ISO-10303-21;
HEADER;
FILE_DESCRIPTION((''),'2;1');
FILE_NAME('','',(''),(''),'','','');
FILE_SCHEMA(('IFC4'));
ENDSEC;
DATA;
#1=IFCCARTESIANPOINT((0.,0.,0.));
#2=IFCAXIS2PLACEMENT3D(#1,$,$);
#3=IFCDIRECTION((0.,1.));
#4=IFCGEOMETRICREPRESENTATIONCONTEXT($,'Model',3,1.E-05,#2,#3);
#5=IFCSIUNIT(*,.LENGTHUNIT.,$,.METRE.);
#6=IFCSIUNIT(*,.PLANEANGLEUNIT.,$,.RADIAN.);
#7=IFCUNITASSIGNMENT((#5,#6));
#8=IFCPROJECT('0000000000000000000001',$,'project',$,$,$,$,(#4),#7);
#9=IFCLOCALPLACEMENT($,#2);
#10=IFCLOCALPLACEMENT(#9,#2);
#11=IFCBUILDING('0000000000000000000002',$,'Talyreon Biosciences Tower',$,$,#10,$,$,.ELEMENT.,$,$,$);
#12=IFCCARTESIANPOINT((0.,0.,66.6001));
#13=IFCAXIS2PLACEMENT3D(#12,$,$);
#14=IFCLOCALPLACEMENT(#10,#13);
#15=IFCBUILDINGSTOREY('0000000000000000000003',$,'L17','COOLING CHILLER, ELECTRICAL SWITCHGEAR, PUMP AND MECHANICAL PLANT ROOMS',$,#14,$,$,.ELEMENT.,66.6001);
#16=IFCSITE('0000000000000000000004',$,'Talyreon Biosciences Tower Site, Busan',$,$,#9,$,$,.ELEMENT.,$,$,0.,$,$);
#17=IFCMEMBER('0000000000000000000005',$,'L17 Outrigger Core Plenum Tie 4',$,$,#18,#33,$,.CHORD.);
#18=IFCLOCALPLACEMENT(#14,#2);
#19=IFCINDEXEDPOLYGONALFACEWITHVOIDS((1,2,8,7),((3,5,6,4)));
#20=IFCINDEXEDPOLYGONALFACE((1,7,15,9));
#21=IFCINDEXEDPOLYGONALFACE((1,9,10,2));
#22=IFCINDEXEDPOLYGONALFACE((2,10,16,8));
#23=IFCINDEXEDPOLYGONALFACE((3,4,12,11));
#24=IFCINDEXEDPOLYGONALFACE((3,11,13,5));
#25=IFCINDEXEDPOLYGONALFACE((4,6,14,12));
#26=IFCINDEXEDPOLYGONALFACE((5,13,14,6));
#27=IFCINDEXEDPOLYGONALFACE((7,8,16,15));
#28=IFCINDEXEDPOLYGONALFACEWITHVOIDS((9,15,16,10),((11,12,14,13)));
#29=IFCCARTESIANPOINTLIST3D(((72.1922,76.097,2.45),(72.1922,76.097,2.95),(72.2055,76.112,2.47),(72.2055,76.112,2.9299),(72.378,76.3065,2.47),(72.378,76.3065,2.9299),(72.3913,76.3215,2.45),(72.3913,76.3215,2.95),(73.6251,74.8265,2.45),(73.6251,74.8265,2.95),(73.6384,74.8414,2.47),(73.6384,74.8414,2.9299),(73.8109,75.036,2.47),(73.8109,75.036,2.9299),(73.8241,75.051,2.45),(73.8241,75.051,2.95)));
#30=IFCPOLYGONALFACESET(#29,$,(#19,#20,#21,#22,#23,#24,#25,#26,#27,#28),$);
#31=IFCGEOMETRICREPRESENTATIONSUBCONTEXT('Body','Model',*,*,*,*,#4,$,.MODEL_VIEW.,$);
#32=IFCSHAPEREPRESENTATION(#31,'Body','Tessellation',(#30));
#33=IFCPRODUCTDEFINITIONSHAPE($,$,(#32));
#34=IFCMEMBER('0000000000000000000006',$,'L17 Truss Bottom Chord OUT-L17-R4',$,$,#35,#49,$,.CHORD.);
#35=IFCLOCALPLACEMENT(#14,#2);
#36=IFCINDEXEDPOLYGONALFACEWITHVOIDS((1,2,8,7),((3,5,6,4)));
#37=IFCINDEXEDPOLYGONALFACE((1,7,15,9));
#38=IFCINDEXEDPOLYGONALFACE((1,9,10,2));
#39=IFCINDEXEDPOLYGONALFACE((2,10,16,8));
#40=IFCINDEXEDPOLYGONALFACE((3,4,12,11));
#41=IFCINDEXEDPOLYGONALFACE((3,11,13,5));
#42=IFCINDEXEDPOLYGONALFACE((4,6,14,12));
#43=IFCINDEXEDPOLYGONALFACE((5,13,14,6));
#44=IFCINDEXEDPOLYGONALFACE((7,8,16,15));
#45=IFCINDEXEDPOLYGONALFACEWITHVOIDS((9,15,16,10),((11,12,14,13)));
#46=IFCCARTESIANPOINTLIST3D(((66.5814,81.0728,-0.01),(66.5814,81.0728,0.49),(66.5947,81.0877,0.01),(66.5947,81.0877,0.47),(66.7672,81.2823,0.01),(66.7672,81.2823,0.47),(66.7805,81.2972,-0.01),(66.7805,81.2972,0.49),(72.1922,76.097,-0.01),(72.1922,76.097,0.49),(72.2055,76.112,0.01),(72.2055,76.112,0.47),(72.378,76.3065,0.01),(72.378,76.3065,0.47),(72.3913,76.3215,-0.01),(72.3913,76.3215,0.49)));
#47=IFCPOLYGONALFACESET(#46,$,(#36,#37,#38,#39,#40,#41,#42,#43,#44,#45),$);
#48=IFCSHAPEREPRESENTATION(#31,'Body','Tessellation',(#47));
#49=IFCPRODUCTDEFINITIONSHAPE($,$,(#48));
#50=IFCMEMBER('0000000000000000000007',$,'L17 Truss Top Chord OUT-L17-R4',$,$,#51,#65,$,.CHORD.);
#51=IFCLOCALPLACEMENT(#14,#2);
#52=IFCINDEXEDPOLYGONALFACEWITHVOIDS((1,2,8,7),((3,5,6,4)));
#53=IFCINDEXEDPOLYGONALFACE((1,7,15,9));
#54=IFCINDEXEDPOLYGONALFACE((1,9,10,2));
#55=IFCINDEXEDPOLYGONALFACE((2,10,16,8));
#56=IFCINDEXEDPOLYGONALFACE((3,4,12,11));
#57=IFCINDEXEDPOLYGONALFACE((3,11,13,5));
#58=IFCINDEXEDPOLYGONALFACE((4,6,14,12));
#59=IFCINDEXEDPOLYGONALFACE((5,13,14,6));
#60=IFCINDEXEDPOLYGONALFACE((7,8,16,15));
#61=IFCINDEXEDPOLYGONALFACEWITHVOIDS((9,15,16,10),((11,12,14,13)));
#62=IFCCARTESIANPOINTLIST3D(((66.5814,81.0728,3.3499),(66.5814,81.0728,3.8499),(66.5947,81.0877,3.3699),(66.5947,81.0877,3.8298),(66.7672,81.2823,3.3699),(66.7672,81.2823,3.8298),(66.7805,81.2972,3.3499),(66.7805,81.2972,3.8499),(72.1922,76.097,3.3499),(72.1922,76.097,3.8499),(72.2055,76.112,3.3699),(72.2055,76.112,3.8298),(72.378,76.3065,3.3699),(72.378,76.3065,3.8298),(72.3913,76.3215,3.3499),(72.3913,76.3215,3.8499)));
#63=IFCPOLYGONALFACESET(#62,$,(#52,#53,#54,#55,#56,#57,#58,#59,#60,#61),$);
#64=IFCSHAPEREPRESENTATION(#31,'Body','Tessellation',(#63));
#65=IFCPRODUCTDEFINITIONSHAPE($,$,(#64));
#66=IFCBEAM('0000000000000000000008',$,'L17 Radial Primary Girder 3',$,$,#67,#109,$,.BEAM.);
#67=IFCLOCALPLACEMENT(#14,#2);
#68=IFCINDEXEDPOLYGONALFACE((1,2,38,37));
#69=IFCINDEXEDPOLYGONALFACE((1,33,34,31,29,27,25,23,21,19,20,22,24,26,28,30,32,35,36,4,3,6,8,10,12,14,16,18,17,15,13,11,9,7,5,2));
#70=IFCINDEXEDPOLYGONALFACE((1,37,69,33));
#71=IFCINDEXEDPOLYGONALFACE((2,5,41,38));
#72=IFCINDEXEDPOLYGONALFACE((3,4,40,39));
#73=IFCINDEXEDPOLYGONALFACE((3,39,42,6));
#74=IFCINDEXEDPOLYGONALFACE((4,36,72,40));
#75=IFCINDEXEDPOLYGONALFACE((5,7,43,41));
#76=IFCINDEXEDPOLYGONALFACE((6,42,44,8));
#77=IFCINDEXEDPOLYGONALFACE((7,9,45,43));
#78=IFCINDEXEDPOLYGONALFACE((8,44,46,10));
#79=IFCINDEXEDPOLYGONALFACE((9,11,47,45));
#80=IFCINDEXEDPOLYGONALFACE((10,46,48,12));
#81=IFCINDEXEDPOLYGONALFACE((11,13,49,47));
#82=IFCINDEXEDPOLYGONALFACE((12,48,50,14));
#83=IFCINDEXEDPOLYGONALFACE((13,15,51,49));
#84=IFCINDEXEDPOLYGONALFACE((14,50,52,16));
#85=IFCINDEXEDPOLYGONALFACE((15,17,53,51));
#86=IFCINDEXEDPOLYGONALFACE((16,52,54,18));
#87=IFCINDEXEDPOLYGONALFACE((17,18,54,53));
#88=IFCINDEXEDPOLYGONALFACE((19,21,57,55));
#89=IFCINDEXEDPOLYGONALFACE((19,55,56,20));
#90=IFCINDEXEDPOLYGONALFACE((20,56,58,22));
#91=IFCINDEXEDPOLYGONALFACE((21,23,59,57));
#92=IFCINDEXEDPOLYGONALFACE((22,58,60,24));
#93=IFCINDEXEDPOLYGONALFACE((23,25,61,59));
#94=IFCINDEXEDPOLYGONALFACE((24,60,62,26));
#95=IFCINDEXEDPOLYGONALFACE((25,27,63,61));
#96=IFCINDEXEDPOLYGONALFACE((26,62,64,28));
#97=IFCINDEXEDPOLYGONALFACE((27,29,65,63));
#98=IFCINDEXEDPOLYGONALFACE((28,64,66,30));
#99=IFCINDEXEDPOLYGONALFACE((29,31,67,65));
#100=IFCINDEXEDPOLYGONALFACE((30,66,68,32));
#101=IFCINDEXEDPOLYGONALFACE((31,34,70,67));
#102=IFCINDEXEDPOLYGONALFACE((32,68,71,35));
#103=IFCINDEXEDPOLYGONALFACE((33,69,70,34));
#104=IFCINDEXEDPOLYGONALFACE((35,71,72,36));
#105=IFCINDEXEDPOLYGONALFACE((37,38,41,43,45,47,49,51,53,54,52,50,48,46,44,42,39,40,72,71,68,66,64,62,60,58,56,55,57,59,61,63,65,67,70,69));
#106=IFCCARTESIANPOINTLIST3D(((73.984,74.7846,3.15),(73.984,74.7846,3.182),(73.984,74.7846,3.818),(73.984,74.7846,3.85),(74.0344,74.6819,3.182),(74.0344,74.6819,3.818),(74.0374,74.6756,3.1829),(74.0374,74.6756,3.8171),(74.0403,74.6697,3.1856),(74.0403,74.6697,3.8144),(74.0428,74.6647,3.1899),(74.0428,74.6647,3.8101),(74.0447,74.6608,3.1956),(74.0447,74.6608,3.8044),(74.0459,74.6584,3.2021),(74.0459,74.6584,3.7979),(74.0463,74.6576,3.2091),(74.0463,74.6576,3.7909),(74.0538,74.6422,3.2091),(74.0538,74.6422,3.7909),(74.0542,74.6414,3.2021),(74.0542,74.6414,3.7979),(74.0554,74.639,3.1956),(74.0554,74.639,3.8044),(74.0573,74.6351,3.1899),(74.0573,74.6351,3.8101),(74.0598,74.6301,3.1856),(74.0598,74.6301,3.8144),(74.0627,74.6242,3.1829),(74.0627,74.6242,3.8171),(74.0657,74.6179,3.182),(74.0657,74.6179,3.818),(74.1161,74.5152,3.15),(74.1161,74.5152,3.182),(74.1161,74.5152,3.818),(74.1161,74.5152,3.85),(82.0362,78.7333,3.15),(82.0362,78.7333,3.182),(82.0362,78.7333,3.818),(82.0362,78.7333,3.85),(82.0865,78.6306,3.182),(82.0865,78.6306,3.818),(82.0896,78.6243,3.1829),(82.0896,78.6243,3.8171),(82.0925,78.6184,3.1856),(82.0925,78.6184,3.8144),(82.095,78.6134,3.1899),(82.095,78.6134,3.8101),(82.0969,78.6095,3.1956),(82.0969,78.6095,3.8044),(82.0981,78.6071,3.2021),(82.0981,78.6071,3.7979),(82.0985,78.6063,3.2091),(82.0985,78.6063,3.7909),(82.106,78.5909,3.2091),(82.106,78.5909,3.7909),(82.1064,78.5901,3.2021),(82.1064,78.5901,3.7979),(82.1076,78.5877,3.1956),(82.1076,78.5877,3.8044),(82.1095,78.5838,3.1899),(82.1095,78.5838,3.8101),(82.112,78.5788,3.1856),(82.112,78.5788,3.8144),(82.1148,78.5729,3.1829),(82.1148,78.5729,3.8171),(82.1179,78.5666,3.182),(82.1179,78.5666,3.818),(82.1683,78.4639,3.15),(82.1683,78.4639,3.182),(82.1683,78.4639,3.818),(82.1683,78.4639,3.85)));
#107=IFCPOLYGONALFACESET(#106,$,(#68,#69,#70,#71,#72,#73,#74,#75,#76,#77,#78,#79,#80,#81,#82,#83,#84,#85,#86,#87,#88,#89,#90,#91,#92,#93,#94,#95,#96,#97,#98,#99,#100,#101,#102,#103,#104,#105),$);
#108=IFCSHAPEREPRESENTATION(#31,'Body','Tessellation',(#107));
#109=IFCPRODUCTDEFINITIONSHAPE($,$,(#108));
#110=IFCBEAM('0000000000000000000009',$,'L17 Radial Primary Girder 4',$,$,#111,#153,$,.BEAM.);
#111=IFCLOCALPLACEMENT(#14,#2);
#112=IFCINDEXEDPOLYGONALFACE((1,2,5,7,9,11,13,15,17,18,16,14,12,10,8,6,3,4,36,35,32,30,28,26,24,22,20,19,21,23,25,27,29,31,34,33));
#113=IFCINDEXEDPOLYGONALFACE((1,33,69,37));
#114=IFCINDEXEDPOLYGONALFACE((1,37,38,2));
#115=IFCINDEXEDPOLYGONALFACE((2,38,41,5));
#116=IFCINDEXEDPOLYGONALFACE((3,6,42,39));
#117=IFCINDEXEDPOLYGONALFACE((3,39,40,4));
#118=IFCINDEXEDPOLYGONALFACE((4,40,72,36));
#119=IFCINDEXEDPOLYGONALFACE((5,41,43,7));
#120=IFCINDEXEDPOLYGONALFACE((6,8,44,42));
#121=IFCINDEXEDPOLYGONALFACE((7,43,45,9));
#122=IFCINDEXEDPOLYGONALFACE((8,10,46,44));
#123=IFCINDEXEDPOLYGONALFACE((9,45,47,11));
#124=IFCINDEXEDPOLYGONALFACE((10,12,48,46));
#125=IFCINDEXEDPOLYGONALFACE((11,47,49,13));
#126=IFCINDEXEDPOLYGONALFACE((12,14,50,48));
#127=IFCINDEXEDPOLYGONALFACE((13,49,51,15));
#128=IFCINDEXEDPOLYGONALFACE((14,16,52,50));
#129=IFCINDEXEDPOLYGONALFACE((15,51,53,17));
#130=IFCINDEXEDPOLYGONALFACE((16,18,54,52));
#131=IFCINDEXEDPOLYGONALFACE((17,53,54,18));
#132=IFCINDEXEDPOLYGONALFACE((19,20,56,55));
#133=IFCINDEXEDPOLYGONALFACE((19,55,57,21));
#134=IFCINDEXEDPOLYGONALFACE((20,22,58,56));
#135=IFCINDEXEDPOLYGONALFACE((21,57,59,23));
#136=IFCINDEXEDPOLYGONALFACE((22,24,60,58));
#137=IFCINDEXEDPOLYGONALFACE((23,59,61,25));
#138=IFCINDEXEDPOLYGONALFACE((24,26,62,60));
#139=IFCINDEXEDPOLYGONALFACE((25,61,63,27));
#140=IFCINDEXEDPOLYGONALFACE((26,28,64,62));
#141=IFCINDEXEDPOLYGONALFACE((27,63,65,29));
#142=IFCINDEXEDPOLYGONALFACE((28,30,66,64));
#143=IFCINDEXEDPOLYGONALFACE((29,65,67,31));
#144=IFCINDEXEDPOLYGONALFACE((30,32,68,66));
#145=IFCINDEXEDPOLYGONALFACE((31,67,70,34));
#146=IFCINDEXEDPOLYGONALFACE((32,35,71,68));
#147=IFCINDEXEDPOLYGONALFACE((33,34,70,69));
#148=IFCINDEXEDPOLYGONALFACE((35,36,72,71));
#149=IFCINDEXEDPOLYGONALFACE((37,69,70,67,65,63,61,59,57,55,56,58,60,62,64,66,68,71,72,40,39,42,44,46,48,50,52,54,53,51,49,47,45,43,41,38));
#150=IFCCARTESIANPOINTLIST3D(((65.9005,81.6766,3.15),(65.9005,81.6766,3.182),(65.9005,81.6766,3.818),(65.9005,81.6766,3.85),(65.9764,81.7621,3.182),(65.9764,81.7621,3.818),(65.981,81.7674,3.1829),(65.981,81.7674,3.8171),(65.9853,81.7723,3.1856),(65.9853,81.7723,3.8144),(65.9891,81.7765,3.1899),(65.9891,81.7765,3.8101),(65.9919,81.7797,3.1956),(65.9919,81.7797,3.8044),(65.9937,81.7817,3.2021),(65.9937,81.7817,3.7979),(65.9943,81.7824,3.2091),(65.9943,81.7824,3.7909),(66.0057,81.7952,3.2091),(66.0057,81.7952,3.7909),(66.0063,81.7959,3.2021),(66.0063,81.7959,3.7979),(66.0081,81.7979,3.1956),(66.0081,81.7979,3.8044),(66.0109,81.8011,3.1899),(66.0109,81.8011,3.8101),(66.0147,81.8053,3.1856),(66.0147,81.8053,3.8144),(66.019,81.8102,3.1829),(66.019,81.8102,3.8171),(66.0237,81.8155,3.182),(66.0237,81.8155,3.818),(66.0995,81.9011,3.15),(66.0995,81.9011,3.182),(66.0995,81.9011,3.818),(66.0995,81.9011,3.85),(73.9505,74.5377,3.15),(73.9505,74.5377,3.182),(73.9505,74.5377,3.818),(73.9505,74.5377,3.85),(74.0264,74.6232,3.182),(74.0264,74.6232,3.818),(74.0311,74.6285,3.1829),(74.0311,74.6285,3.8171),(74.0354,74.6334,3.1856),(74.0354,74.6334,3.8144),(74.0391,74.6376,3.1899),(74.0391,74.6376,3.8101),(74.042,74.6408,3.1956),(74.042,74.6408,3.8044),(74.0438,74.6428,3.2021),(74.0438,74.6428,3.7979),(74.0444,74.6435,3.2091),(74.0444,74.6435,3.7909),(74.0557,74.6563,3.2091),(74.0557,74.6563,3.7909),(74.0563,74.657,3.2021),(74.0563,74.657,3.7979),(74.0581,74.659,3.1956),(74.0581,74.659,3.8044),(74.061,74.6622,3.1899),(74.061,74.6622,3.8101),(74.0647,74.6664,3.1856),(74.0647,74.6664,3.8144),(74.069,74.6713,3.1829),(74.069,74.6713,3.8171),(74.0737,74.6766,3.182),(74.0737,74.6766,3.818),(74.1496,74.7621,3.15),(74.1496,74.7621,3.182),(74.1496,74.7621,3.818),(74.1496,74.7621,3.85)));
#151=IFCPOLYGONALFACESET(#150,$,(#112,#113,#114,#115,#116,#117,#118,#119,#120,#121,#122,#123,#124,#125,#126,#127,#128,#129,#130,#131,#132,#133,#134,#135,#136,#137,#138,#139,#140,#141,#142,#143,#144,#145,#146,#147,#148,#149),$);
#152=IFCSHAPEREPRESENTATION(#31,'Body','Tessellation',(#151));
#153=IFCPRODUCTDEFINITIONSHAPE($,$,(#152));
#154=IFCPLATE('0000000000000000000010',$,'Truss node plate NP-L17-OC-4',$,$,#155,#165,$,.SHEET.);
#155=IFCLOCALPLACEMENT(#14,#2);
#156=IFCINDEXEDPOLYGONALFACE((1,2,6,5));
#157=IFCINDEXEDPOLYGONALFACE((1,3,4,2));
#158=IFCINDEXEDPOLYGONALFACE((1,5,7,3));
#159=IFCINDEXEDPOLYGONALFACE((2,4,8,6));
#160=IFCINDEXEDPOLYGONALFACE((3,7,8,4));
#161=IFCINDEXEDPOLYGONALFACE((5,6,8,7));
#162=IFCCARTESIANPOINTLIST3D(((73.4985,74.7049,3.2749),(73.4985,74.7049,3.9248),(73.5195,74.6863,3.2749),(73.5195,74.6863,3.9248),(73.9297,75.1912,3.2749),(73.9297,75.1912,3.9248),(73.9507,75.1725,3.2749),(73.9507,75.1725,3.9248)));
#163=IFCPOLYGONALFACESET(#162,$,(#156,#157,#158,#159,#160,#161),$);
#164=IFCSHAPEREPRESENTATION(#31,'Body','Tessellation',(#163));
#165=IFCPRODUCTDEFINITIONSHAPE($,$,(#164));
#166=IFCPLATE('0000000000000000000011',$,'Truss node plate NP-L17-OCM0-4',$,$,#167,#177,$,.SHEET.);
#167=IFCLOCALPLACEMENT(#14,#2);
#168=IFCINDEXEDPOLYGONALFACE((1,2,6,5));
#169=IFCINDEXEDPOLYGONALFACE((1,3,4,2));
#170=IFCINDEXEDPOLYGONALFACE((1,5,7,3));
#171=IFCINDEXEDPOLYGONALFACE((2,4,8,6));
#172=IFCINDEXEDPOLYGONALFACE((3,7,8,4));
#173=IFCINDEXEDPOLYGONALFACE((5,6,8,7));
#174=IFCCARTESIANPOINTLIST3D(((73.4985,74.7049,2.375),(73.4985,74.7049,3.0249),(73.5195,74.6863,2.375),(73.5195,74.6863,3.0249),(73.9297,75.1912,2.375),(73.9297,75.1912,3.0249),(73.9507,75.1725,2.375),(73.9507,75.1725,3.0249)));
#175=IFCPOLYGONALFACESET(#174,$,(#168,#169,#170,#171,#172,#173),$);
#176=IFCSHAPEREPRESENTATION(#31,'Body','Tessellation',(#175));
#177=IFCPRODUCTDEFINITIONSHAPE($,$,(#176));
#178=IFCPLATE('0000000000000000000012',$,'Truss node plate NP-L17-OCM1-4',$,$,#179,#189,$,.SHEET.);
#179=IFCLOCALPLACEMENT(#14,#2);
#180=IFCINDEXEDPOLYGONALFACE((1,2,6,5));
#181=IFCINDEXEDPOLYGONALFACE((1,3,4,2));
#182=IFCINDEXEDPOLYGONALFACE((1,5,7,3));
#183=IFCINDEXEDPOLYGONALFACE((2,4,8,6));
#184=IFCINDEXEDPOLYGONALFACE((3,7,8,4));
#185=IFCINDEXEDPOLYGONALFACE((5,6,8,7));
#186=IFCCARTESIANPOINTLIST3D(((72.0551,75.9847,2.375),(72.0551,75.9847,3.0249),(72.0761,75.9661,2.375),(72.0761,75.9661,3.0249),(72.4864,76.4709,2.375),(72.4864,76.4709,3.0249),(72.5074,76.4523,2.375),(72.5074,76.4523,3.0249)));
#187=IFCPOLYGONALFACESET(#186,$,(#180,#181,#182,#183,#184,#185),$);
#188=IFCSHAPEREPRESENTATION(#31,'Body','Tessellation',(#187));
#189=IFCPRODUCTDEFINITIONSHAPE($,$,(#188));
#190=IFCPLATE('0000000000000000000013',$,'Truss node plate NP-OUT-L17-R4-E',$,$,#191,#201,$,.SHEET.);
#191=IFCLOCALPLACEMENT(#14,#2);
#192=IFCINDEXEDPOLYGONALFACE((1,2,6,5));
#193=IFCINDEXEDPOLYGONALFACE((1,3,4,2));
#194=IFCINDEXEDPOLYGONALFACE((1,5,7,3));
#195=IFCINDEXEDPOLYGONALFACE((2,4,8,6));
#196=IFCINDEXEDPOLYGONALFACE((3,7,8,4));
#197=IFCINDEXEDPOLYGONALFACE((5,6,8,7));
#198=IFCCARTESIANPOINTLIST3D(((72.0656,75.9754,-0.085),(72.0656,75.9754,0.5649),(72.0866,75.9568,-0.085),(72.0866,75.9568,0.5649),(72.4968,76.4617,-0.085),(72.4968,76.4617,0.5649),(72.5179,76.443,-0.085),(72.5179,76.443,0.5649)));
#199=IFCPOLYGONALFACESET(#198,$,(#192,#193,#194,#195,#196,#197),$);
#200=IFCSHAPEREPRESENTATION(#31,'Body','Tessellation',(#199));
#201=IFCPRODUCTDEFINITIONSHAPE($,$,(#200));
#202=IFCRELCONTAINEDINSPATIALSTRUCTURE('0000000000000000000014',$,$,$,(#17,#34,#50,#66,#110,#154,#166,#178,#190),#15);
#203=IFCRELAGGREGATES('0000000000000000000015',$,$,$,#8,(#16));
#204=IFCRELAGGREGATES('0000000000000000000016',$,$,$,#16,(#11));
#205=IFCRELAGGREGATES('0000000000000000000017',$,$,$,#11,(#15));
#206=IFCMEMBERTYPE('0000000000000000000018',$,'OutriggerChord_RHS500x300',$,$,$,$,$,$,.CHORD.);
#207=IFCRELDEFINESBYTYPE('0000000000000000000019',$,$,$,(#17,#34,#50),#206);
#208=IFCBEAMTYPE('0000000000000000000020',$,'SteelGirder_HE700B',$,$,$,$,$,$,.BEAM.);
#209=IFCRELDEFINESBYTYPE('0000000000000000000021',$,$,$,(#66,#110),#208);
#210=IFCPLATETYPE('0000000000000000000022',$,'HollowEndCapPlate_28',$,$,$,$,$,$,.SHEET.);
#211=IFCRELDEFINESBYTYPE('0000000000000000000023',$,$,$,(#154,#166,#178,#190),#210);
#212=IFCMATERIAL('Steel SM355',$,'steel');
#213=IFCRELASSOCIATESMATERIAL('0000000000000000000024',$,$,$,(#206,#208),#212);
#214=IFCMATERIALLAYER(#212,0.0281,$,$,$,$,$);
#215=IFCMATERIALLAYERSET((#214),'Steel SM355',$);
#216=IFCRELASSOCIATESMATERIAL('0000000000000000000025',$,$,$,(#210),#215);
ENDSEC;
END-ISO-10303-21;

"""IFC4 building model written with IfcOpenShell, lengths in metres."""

from ifc_helpers import new_model, si_unit, direction, frame, origin, origin_2d, place, context, subcontext, project, spatial, rectangle, hollow_rectangle, i_section, extrude, material, layer, layer_set, material_profile, profile_set, type_object, element, save


model = new_model("IFC4")

# Units and contexts
model_context = context("Model", 3, precision=1e-05, world=origin(), true_north=direction((0.0, 1.0)))
body_context = subcontext(model_context, "Body", "Model", "MODEL_VIEW")
ifc_project = project(units=[si_unit("LENGTHUNIT", "METRE"), si_unit("PLANEANGLEUNIT", "RADIAN")], contexts=[model_context])

# Site, building, storey
site_placement = place(None, origin())
site = spatial("IfcSite", under=ifc_project, at=site_placement, Name="Talyreon Biosciences Tower Site, Busan", CompositionType="ELEMENT", RefElevation=0.0)
building_placement = place(site_placement, origin())
building = spatial("IfcBuilding", under=site, at=building_placement, Name="Talyreon Biosciences Tower", CompositionType="ELEMENT")
storey_placement = place(building_placement, frame((0.0, 0.0, 66.6001)))
storey = spatial("IfcBuildingStorey", under=building, at=storey_placement, Name="L17", Description="COOLING CHILLER, ELECTRICAL SWITCHGEAR, PUMP AND MECHANICAL PLANT ROOMS", CompositionType="ELEMENT", Elevation=66.6001)

# Members
ifc_material_1 = material(Name="Steel SM355", Category="steel")
ifc_material_profile_1 = material_profile(ifc_material_1, hollow_rectangle(XDim=0.3, YDim=0.5, WallThickness=0.02, at=origin_2d()), Name="RHS 500x300x20")
ifc_profile_set_1 = profile_set([ifc_material_profile_1], Name="Steel SM355")
member_type_1 = type_object("IfcMemberType", Name="OutriggerChord_RHS500x300", PredefinedType="CHORD", material=ifc_profile_set_1)
for number, where, z_axis, x_axis, name in (
    (1, (73.7246, 74.9387, 2.7), (-0.748225, 0.663445, 0.0), (-0.663445, -0.748225, 0.0), "L17 Outrigger Core Plenum Tie 4"),
):
    element("IfcMember", number, at=place(storey_placement, frame(where, z_axis=z_axis, x_axis=x_axis)), inside=storey, type_object=member_type_1, Name=name, PredefinedType="CHORD", context=body_context, shape_type="SweptSolid", body=[
        extrude(hollow_rectangle(XDim=0.3, YDim=0.5, WallThickness=0.02, at=origin_2d()), origin(), (0.0, 0.0, 1.0), 1.915),
    ])
for number, where, z_axis, x_axis, name in (
    (2, (72.2917, 76.2092, 0.24), (-0.748176, 0.663501, 0.0), (-0.663501, -0.748176, 0.0), "L17 Truss Bottom Chord OUT-L17-R4"),
    (3, (72.2917, 76.2092, 3.5999), (-0.748176, 0.663501, 0.0), (-0.663501, -0.748176, 0.0), "L17 Truss Top Chord OUT-L17-R4"),
):
    element("IfcMember", number, at=place(storey_placement, frame(where, z_axis=z_axis, x_axis=x_axis)), inside=storey, type_object=member_type_1, Name=name, PredefinedType="CHORD", context=body_context, shape_type="SweptSolid", body=[
        extrude(hollow_rectangle(XDim=0.3, YDim=0.5, WallThickness=0.02, at=origin_2d()), origin(), (0.0, 0.0, 1.0), 7.4993),
    ])

# Beams
ifc_material_profile_2 = material_profile(ifc_material_1, i_section(OverallWidth=0.3, OverallDepth=0.7, WebThickness=0.0171, FlangeThickness=0.032, FilletRadius=0.0271, at=origin_2d()), Name="HE700B")
ifc_profile_set_2 = profile_set([ifc_material_profile_2], Name="Steel SM355")
beam_type = type_object("IfcBeamType", Name="SteelGirder_HE700B", PredefinedType="BEAM", material=ifc_profile_set_2)
beam_1_placement = place(storey_placement, frame((74.05, 74.6499, 3.5), z_axis=(0.897852, 0.440297, 0.0), x_axis=(-0.440297, 0.897852, 0.0)))
element("IfcBeam", 4, at=beam_1_placement, inside=storey, type_object=beam_type, Name="L17 Radial Primary Girder 3", PredefinedType="BEAM", context=body_context, shape_type="SweptSolid", body=[
    extrude(i_section(OverallWidth=0.3, OverallDepth=0.7, WebThickness=0.0171, FlangeThickness=0.032, FilletRadius=0.0271, at=origin_2d()), origin(), (0.0, 0.0, 1.0), 8.9683),
])
beam_2_placement = place(storey_placement, frame((74.05, 74.6499, 3.5), z_axis=(-0.748179, 0.663497, 0.0), x_axis=(-0.663497, -0.748179, 0.0)))
element("IfcBeam", 5, at=beam_2_placement, inside=storey, type_object=beam_type, Name="L17 Radial Primary Girder 4", PredefinedType="BEAM", context=body_context, shape_type="SweptSolid", body=[
    extrude(i_section(OverallWidth=0.3, OverallDepth=0.7, WebThickness=0.0171, FlangeThickness=0.032, FilletRadius=0.0271, at=origin_2d()), origin(), (0.0, 0.0, 1.0), 10.7595),
])

# Plates
ifc_layer_1 = layer(ifc_material_1, 0.0281)
ifc_layer_set_1 = layer_set([ifc_layer_1], Name="Steel SM355")
plate_type = type_object("IfcPlateType", Name="HollowEndCapPlate_28", PredefinedType="SHEET", material=ifc_layer_set_1)
for number, where, z_axis, x_axis, name in (
    (6, (73.7246, 74.9387, 3.2749), (0.0, 0.0, 1.0), (-0.663495, -0.74818, 0.0), "Truss node plate NP-L17-OC-4"),
    (7, (73.7246, 74.9387, 2.375), (0.0, 0.0, 1.0), (-0.663495, -0.74818, 0.0), "Truss node plate NP-L17-OCM0-4"),
    (8, (72.2812, 76.2185, 2.375), (0.0, 0.0, 1.0), (-0.663495, -0.74818, 0.0), "Truss node plate NP-L17-OCM1-4"),
    (9, (72.2917, 76.2092, -0.085), (0.0, 0.0, 1.0), (-0.663495, -0.74818, 0.0), "Truss node plate NP-OUT-L17-R4-E"),
):
    element("IfcPlate", number, at=place(storey_placement, frame(where, z_axis=z_axis, x_axis=x_axis)), inside=storey, type_object=plate_type, Name=name, PredefinedType="SHEET", context=body_context, shape_type="SweptSolid", body=[
        extrude(rectangle(XDim=0.6499, YDim=0.0281, at=origin_2d()), origin(), (0.0, 0.0, 1.0), 0.6499),
    ])

save(model, "model.ifc")
